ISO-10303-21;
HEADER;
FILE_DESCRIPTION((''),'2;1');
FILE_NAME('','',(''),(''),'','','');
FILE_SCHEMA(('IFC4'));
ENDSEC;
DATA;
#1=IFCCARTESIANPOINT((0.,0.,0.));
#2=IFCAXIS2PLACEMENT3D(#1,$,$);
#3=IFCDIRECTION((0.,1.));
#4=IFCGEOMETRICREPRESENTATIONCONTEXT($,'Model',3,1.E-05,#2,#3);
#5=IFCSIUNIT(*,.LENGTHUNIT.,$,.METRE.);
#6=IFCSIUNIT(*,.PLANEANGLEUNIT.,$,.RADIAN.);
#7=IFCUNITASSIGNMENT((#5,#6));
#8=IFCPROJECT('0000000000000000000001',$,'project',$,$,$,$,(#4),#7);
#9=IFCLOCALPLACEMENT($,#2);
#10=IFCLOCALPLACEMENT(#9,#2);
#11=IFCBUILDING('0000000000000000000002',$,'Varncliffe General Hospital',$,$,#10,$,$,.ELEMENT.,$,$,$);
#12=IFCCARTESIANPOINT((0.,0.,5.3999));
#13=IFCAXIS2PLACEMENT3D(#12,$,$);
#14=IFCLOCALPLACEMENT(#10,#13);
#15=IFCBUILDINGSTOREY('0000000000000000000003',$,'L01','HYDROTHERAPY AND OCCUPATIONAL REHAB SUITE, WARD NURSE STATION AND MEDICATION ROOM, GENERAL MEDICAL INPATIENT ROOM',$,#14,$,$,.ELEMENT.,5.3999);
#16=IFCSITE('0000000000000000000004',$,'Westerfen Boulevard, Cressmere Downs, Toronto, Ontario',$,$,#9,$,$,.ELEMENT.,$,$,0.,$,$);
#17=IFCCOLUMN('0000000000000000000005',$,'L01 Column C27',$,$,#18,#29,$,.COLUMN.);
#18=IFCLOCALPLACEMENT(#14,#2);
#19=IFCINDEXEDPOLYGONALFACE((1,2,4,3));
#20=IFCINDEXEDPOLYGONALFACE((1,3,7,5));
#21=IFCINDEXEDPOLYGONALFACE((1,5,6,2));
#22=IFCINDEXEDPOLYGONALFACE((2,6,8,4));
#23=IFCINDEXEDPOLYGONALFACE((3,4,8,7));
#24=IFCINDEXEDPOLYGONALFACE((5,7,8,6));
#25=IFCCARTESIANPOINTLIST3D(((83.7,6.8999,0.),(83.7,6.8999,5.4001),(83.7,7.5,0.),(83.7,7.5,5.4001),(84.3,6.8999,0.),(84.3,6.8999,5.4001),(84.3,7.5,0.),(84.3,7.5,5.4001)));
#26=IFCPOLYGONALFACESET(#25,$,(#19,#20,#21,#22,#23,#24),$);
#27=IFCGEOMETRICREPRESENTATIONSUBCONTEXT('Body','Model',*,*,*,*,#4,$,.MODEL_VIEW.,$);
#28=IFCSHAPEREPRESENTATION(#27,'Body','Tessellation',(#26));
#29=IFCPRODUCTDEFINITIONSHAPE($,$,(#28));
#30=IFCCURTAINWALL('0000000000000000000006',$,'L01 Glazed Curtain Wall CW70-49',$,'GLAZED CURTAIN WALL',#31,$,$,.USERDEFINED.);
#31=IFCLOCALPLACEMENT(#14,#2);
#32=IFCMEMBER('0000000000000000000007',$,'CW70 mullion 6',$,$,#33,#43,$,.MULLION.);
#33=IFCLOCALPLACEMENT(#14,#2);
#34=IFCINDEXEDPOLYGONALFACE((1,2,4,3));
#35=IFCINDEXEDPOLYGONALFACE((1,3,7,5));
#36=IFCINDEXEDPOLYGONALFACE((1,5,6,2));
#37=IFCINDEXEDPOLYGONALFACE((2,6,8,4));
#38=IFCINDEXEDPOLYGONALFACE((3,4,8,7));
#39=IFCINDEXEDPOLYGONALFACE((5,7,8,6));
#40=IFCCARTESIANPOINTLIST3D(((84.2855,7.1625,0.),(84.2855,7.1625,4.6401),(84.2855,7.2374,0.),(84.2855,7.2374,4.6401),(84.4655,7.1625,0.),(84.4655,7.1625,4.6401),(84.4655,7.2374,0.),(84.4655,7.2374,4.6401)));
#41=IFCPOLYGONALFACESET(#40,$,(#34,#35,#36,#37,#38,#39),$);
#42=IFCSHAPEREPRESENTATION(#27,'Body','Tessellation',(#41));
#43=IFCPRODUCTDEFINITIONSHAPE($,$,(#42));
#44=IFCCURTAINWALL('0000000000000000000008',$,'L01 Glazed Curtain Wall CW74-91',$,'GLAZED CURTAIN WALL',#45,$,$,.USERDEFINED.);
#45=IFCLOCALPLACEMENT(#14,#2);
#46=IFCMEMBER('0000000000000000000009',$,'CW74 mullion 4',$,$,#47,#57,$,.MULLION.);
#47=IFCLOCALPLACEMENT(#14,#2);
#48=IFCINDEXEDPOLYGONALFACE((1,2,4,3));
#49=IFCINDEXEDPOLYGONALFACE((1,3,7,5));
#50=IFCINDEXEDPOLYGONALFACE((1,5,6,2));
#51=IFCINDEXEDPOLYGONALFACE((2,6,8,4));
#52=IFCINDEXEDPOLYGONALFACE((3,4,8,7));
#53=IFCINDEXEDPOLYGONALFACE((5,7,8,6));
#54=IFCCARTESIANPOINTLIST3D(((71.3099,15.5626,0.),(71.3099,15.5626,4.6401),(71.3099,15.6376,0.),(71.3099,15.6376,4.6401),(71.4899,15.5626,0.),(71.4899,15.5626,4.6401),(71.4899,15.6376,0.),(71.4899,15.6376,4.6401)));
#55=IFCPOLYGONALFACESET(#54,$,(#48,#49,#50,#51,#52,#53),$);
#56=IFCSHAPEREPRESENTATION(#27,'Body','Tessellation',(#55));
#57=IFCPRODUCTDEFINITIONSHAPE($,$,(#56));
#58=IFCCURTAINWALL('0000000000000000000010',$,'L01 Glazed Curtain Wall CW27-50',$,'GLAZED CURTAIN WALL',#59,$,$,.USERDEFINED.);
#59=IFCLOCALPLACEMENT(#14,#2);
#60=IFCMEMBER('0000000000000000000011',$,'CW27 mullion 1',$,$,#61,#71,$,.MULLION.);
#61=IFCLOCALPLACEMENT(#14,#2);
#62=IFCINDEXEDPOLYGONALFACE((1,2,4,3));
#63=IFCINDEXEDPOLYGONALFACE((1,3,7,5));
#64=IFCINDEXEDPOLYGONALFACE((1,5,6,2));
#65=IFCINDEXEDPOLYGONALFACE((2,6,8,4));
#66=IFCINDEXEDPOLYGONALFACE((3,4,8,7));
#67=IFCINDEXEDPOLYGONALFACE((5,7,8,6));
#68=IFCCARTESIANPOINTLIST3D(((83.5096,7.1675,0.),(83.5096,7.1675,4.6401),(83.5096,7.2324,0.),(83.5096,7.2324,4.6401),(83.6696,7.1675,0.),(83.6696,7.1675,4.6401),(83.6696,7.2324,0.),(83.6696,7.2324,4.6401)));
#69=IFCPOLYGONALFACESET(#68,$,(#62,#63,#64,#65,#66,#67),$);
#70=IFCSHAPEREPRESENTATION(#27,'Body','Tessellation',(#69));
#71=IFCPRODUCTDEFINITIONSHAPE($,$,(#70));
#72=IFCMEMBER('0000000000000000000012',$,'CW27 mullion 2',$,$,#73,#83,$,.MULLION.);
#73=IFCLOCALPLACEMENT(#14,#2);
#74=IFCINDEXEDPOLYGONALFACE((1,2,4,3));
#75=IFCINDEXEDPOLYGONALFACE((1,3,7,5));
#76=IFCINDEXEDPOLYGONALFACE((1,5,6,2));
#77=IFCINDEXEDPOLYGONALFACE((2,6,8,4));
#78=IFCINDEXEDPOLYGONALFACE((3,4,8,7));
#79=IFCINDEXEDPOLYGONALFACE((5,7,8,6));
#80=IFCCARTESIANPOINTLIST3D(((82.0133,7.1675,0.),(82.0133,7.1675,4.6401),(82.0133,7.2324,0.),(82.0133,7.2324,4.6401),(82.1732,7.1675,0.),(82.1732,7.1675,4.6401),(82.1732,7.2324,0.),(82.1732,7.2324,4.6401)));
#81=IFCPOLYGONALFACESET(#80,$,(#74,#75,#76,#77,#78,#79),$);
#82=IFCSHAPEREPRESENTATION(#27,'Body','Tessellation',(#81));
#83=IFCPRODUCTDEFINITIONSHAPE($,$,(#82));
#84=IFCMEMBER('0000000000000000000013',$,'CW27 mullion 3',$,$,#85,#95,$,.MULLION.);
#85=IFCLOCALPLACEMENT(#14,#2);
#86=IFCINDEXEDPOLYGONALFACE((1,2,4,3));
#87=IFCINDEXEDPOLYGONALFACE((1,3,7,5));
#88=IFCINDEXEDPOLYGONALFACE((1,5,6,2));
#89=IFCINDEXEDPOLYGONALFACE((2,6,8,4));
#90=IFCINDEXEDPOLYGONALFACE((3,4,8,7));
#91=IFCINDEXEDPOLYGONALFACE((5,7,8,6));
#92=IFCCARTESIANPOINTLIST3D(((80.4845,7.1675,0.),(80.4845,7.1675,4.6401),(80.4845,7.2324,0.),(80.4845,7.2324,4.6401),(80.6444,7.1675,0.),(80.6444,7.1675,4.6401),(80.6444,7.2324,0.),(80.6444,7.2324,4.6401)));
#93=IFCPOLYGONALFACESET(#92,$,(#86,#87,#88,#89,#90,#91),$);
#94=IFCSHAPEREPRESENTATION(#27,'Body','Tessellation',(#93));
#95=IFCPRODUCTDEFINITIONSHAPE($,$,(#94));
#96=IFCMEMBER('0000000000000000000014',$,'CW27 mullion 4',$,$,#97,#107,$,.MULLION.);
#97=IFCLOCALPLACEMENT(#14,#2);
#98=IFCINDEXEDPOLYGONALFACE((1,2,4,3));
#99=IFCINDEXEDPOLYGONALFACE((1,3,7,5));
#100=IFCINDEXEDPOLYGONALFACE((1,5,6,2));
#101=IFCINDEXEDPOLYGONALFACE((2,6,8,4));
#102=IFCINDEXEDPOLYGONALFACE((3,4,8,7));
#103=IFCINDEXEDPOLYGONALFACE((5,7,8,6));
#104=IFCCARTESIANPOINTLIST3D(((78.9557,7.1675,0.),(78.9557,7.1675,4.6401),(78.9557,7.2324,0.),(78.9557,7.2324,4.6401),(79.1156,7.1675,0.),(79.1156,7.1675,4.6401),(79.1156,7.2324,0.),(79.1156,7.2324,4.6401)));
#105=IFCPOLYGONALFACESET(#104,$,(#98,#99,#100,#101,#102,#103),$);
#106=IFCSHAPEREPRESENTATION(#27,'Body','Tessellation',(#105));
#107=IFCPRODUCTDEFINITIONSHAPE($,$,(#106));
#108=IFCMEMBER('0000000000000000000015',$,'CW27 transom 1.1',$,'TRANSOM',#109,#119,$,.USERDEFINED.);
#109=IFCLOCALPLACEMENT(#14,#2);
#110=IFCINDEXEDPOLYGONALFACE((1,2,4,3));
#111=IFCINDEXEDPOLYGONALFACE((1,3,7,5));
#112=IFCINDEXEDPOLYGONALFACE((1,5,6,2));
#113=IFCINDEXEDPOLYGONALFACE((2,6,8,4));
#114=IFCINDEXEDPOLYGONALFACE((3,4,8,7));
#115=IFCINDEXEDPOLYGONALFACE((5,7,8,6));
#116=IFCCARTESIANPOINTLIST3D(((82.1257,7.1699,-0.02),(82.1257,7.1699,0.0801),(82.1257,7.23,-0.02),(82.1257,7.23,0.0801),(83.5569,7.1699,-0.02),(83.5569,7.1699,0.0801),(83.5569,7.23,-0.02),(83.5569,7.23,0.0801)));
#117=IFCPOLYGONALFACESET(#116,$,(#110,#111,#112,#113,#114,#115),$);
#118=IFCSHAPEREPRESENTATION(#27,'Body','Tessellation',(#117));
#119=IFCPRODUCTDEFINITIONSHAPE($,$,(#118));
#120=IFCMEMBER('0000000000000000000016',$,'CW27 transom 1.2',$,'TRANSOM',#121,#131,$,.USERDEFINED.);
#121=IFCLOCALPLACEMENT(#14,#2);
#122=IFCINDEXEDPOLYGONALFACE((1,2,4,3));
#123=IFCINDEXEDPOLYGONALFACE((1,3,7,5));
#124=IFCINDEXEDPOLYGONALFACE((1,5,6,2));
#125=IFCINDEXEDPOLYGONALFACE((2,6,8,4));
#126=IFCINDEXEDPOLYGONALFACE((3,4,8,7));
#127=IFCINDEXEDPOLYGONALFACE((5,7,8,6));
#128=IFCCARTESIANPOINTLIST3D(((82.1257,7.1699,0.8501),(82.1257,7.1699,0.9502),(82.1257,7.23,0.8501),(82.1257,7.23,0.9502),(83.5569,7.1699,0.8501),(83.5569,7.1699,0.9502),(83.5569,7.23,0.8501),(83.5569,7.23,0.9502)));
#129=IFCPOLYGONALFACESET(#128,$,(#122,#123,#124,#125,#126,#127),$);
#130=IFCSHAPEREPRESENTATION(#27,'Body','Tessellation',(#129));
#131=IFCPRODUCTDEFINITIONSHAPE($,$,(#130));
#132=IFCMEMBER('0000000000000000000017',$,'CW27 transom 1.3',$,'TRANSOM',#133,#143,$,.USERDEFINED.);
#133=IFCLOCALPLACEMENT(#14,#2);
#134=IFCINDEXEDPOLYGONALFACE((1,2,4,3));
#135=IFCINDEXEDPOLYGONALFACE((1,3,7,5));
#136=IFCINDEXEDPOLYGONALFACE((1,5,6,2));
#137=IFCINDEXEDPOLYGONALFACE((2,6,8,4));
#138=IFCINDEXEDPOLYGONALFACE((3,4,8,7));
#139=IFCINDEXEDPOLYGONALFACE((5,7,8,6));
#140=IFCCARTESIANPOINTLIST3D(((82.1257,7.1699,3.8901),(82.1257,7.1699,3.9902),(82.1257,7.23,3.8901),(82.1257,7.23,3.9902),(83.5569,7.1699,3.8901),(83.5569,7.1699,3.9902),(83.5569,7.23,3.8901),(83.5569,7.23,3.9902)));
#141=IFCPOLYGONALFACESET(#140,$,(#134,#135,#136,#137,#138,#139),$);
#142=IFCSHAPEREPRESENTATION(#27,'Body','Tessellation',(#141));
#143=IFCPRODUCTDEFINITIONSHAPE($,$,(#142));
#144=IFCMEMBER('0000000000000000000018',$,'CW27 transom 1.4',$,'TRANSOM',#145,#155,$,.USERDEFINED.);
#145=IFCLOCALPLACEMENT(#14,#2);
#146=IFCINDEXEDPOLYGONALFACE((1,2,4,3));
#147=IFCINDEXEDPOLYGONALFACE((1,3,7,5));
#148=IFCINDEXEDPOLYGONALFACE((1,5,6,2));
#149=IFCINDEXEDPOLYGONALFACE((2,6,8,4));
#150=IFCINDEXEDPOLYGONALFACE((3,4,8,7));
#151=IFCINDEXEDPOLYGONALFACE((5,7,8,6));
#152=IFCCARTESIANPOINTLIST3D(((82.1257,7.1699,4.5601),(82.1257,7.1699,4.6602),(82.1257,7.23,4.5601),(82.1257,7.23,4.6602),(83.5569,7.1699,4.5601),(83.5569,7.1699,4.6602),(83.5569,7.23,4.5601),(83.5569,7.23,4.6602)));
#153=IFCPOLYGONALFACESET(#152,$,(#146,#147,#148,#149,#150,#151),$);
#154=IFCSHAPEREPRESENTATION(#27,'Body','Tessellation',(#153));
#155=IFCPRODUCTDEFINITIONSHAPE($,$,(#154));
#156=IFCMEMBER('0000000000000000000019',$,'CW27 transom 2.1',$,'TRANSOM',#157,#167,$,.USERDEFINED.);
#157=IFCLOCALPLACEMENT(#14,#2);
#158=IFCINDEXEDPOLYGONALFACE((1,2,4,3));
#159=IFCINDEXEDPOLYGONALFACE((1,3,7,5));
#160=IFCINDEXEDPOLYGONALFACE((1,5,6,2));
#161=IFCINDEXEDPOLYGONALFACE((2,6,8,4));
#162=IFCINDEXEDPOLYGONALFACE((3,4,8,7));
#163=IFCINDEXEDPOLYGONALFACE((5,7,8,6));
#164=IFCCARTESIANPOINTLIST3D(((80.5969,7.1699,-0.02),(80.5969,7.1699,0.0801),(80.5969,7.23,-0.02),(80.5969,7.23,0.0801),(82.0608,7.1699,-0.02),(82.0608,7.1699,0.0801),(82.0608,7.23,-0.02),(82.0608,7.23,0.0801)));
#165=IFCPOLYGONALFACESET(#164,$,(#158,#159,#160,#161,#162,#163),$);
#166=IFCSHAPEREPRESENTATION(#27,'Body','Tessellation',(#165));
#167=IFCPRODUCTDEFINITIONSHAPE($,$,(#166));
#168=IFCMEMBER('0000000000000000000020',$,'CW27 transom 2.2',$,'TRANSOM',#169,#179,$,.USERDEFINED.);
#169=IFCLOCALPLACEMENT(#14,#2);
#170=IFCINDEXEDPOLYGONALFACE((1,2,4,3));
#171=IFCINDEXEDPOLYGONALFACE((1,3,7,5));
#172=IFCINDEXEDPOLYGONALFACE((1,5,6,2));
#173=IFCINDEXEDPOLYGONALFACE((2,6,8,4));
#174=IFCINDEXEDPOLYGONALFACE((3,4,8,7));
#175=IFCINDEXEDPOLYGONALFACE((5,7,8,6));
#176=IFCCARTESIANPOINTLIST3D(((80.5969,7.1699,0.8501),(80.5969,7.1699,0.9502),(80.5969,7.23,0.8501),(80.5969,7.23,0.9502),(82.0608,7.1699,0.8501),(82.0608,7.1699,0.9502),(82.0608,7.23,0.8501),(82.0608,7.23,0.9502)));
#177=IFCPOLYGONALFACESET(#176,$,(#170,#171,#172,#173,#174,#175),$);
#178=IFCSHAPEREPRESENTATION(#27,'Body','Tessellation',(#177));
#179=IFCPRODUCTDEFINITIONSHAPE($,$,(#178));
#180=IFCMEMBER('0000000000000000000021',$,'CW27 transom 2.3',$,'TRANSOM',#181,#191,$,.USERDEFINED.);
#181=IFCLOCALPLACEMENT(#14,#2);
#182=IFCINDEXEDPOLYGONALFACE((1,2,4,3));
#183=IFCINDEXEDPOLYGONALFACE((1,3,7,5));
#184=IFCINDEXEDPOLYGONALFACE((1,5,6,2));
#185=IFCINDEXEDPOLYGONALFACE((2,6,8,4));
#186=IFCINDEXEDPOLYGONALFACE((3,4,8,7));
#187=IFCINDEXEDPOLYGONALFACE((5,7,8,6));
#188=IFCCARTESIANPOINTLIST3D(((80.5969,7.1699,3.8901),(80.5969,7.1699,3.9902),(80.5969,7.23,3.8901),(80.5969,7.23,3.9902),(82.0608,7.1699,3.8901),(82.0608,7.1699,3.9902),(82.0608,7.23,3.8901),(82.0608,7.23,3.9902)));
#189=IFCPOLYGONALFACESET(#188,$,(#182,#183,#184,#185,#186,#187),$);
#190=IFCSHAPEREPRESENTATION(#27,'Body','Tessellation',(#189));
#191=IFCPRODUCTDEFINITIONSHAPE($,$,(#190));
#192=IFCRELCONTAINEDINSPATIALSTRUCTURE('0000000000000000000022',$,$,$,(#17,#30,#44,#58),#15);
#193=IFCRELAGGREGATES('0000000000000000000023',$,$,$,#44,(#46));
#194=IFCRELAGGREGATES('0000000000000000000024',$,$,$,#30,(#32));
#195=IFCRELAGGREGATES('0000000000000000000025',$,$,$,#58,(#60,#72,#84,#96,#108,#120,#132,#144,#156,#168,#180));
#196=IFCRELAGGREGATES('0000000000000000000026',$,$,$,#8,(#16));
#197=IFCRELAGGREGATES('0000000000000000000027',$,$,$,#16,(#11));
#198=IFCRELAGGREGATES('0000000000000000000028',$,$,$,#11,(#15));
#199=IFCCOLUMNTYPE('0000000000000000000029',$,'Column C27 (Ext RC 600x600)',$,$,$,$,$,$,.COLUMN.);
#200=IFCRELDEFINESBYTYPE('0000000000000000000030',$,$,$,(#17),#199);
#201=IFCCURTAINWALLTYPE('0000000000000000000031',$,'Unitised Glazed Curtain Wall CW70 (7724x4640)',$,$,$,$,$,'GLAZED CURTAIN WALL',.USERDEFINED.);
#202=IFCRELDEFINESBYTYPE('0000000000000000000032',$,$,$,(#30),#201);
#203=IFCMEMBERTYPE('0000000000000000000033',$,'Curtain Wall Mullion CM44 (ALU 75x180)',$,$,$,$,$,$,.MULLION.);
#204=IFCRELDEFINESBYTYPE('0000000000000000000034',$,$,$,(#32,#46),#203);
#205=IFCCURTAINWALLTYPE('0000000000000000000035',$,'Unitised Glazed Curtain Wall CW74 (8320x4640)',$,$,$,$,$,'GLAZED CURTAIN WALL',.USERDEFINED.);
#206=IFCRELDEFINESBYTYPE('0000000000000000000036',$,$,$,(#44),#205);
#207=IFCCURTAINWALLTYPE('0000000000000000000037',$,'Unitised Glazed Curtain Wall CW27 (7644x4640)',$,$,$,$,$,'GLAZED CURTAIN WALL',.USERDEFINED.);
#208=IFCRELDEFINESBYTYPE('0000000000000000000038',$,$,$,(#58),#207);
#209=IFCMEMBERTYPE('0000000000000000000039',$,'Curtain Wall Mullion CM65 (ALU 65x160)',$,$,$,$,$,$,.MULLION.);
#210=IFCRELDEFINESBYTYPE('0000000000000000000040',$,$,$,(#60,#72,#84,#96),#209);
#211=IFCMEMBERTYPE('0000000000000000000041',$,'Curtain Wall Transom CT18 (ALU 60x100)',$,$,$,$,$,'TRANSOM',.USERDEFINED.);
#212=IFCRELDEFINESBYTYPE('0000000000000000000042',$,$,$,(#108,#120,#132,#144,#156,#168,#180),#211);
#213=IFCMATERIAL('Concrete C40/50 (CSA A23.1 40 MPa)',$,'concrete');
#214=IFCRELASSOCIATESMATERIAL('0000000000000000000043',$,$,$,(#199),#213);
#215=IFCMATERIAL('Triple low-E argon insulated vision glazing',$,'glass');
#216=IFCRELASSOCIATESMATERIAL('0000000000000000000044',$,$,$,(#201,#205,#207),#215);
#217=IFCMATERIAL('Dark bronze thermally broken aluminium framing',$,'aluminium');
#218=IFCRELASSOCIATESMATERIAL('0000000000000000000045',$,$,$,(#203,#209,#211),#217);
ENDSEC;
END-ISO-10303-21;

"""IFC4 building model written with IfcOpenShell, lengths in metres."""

from ifc_helpers import new_model, si_unit, direction, frame, origin, origin_2d, place, context, subcontext, project, spatial, rectangle, extrude, material, material_profile, profile_set, type_object, element, aggregate, save


model = new_model("IFC4")

# Units and contexts
model_context = context("Model", 3, precision=1e-05, world=origin(), true_north=direction((0.0, 1.0)))
body_context = subcontext(model_context, "Body", "Model", "MODEL_VIEW")
ifc_project = project(units=[si_unit("LENGTHUNIT", "METRE"), si_unit("PLANEANGLEUNIT", "RADIAN")], contexts=[model_context])

# Site, building, storey
site_placement = place(None, origin())
site = spatial("IfcSite", under=ifc_project, at=site_placement, Name="Westerfen Boulevard, Cressmere Downs, Toronto, Ontario", CompositionType="ELEMENT", RefElevation=0.0)
building_placement = place(site_placement, origin())
building = spatial("IfcBuilding", under=site, at=building_placement, Name="Varncliffe General Hospital", CompositionType="ELEMENT")
storey_placement = place(building_placement, frame((0.0, 0.0, 5.3999)))
storey = spatial("IfcBuildingStorey", under=building, at=storey_placement, Name="L01", Description="HYDROTHERAPY AND OCCUPATIONAL REHAB SUITE, WARD NURSE STATION AND MEDICATION ROOM, GENERAL MEDICAL INPATIENT ROOM", CompositionType="ELEMENT", Elevation=5.3999)

# Column
ifc_material_1 = material(Name="Concrete C40/50 (CSA A23.1 40 MPa)", Category="concrete")
ifc_material_profile_1 = material_profile(ifc_material_1, rectangle(XDim=0.6001, YDim=0.6001, at=origin_2d()), Name="RC 600x600")
ifc_profile_set_1 = profile_set([ifc_material_profile_1], Name="Concrete C40/50 (CSA A23.1 40 MPa)")
column_type = type_object("IfcColumnType", Name="Column C27 (Ext RC 600x600)", PredefinedType="COLUMN", material=ifc_profile_set_1)
column_placement = place(storey_placement, frame((84.0, 7.2, 0.0), z_axis=(0.0, 0.0, 1.0), x_axis=(1.0, 0.0, 0.0)))
element("IfcColumn", 1, at=column_placement, inside=storey, type_object=column_type, Name="L01 Column C27", PredefinedType="COLUMN", context=body_context, shape_type="SweptSolid", body=[
    extrude(rectangle(XDim=0.6001, YDim=0.6001, at=origin_2d()), origin(), (0.0, 0.0, 1.0), 5.4001),
])

# Curtain walls, members
ifc_material_2 = material(Name="Triple low-E argon insulated vision glazing", Category="glass")
curtain_wall_type_1 = type_object("IfcCurtainWallType", Name="Unitised Glazed Curtain Wall CW70 (7724x4640)", ElementType="GLAZED CURTAIN WALL", PredefinedType="USERDEFINED", material=ifc_material_2)
curtain_wall_1_placement = place(storey_placement, origin())
curtain_wall_1 = element("IfcCurtainWall", 2, at=curtain_wall_1_placement, inside=storey, type_object=curtain_wall_type_1, Name="L01 Glazed Curtain Wall CW70-49", ObjectType="GLAZED CURTAIN WALL", PredefinedType="USERDEFINED")
ifc_material_3 = material(Name="Dark bronze thermally broken aluminium framing", Category="aluminium")
ifc_material_profile_2 = material_profile(ifc_material_3, rectangle(XDim=0.075, YDim=0.1799, at=origin_2d()), Name="ALU 75x180")
ifc_profile_set_2 = profile_set([ifc_material_profile_2], Name="Dark bronze thermally broken aluminium framing")
member_type_1 = type_object("IfcMemberType", Name="Curtain Wall Mullion CM44 (ALU 75x180)", PredefinedType="MULLION", material=ifc_profile_set_2)
member_1_placement = place(storey_placement, frame((84.3755, 7.2, 0.0), z_axis=(0.0, 0.0, 1.0), x_axis=(0.0, -1.0, 0.0)))
member_1 = element("IfcMember", 3, at=member_1_placement, type_object=member_type_1, Name="CW70 mullion 6", PredefinedType="MULLION", context=body_context, shape_type="SweptSolid", body=[
    extrude(rectangle(XDim=0.075, YDim=0.1799, at=origin_2d()), origin(), (0.0, 0.0, 1.0), 4.6401),
])
curtain_wall_type_2 = type_object("IfcCurtainWallType", Name="Unitised Glazed Curtain Wall CW74 (8320x4640)", ElementType="GLAZED CURTAIN WALL", PredefinedType="USERDEFINED", material=ifc_material_2)
curtain_wall_2_placement = place(storey_placement, origin())
curtain_wall_2 = element("IfcCurtainWall", 4, at=curtain_wall_2_placement, inside=storey, type_object=curtain_wall_type_2, Name="L01 Glazed Curtain Wall CW74-91", ObjectType="GLAZED CURTAIN WALL", PredefinedType="USERDEFINED")
member_2_placement = place(storey_placement, frame((71.3999, 15.6001, 0.0), z_axis=(0.0, 0.0, 1.0), x_axis=(0.0, 1.0, 0.0)))
member_2 = element("IfcMember", 5, at=member_2_placement, type_object=member_type_1, Name="CW74 mullion 4", PredefinedType="MULLION", context=body_context, shape_type="SweptSolid", body=[
    extrude(rectangle(XDim=0.075, YDim=0.1799, at=origin_2d()), origin(), (0.0, 0.0, 1.0), 4.6401),
])
aggregate(curtain_wall_2, [member_2])

# Curtain wall, members
curtain_wall_type_3 = type_object("IfcCurtainWallType", Name="Unitised Glazed Curtain Wall CW27 (7644x4640)", ElementType="GLAZED CURTAIN WALL", PredefinedType="USERDEFINED", material=ifc_material_2)
curtain_wall_3_placement = place(storey_placement, origin())
curtain_wall_3 = element("IfcCurtainWall", 6, at=curtain_wall_3_placement, inside=storey, type_object=curtain_wall_type_3, Name="L01 Glazed Curtain Wall CW27-50", ObjectType="GLAZED CURTAIN WALL", PredefinedType="USERDEFINED")
ifc_material_profile_3 = material_profile(ifc_material_3, rectangle(XDim=0.0649, YDim=0.1599, at=origin_2d()), Name="ALU 65x160")
ifc_profile_set_3 = profile_set([ifc_material_profile_3], Name="Dark bronze thermally broken aluminium framing")
member_type_2 = type_object("IfcMemberType", Name="Curtain Wall Mullion CM65 (ALU 65x160)", PredefinedType="MULLION", material=ifc_profile_set_3)
member_3_placement = place(storey_placement, frame((83.5896, 7.2, 0.0), z_axis=(0.0, 0.0, 1.0), x_axis=(0.0, -1.0, 0.0)))
member_3 = element("IfcMember", 7, at=member_3_placement, type_object=member_type_2, Name="CW27 mullion 1", PredefinedType="MULLION", context=body_context, shape_type="SweptSolid", body=[
    extrude(rectangle(XDim=0.0649, YDim=0.1599, at=origin_2d()), origin(), (0.0, 0.0, 1.0), 4.6401),
])
member_4_placement = place(storey_placement, frame((82.0933, 7.2, 0.0), z_axis=(0.0, 0.0, 1.0), x_axis=(0.0, -1.0, 0.0)))
member_4 = element("IfcMember", 8, at=member_4_placement, type_object=member_type_2, Name="CW27 mullion 2", PredefinedType="MULLION", context=body_context, shape_type="SweptSolid", body=[
    extrude(rectangle(XDim=0.0649, YDim=0.1599, at=origin_2d()), origin(), (0.0, 0.0, 1.0), 4.6401),
])
member_5_placement = place(storey_placement, frame((80.5645, 7.2, 0.0), z_axis=(0.0, 0.0, 1.0), x_axis=(0.0, -1.0, 0.0)))
member_5 = element("IfcMember", 9, at=member_5_placement, type_object=member_type_2, Name="CW27 mullion 3", PredefinedType="MULLION", context=body_context, shape_type="SweptSolid", body=[
    extrude(rectangle(XDim=0.0649, YDim=0.1599, at=origin_2d()), origin(), (0.0, 0.0, 1.0), 4.6401),
])
member_6_placement = place(storey_placement, frame((79.0356, 7.2, 0.0), z_axis=(0.0, 0.0, 1.0), x_axis=(0.0, -1.0, 0.0)))
member_6 = element("IfcMember", 10, at=member_6_placement, type_object=member_type_2, Name="CW27 mullion 4", PredefinedType="MULLION", context=body_context, shape_type="SweptSolid", body=[
    extrude(rectangle(XDim=0.0649, YDim=0.1599, at=origin_2d()), origin(), (0.0, 0.0, 1.0), 4.6401),
])
ifc_material_profile_4 = material_profile(ifc_material_3, rectangle(XDim=0.0601, YDim=0.1001, at=origin_2d()), Name="ALU 60x100")
ifc_profile_set_4 = profile_set([ifc_material_profile_4], Name="Dark bronze thermally broken aluminium framing")
member_type_3 = type_object("IfcMemberType", Name="Curtain Wall Transom CT18 (ALU 60x100)", ElementType="TRANSOM", PredefinedType="USERDEFINED", material=ifc_profile_set_4)
member_7_placement = place(storey_placement, frame((83.5569, 7.2, 0.03), z_axis=(-1.0, 0.0, 0.0), x_axis=(0.0, -1.0, 0.0)))
member_7 = element("IfcMember", 11, at=member_7_placement, type_object=member_type_3, Name="CW27 transom 1.1", ObjectType="TRANSOM", PredefinedType="USERDEFINED", context=body_context, shape_type="SweptSolid", body=[
    extrude(rectangle(XDim=0.0601, YDim=0.1001, at=origin_2d()), origin(), (0.0, 0.0, 1.0), 1.4312),
])
member_8_placement = place(storey_placement, frame((83.5569, 7.2, 0.9001), z_axis=(-1.0, 0.0, 0.0), x_axis=(0.0, -1.0, 0.0)))
member_8 = element("IfcMember", 12, at=member_8_placement, type_object=member_type_3, Name="CW27 transom 1.2", ObjectType="TRANSOM", PredefinedType="USERDEFINED", context=body_context, shape_type="SweptSolid", body=[
    extrude(rectangle(XDim=0.0601, YDim=0.1001, at=origin_2d()), origin(), (0.0, 0.0, 1.0), 1.4312),
])
member_9_placement = place(storey_placement, frame((83.5569, 7.2, 3.9402), z_axis=(-1.0, 0.0, 0.0), x_axis=(0.0, -1.0, 0.0)))
member_9 = element("IfcMember", 13, at=member_9_placement, type_object=member_type_3, Name="CW27 transom 1.3", ObjectType="TRANSOM", PredefinedType="USERDEFINED", context=body_context, shape_type="SweptSolid", body=[
    extrude(rectangle(XDim=0.0601, YDim=0.1001, at=origin_2d()), origin(), (0.0, 0.0, 1.0), 1.4312),
])
member_10_placement = place(storey_placement, frame((83.5569, 7.2, 4.6101), z_axis=(-1.0, 0.0, 0.0), x_axis=(0.0, -1.0, 0.0)))
member_10 = element("IfcMember", 14, at=member_10_placement, type_object=member_type_3, Name="CW27 transom 1.4", ObjectType="TRANSOM", PredefinedType="USERDEFINED", context=body_context, shape_type="SweptSolid", body=[
    extrude(rectangle(XDim=0.0601, YDim=0.1001, at=origin_2d()), origin(), (0.0, 0.0, 1.0), 1.4312),
])
member_11_placement = place(storey_placement, frame((82.0608, 7.2, 0.03), z_axis=(-1.0, 0.0, 0.0), x_axis=(0.0, -1.0, 0.0)))
member_11 = element("IfcMember", 15, at=member_11_placement, type_object=member_type_3, Name="CW27 transom 2.1", ObjectType="TRANSOM", PredefinedType="USERDEFINED", context=body_context, shape_type="SweptSolid", body=[
    extrude(rectangle(XDim=0.0601, YDim=0.1001, at=origin_2d()), origin(), (0.0, 0.0, 1.0), 1.4639),
])
member_12_placement = place(storey_placement, frame((82.0608, 7.2, 0.9001), z_axis=(-1.0, 0.0, 0.0), x_axis=(0.0, -1.0, 0.0)))
member_12 = element("IfcMember", 16, at=member_12_placement, type_object=member_type_3, Name="CW27 transom 2.2", ObjectType="TRANSOM", PredefinedType="USERDEFINED", context=body_context, shape_type="SweptSolid", body=[
    extrude(rectangle(XDim=0.0601, YDim=0.1001, at=origin_2d()), origin(), (0.0, 0.0, 1.0), 1.4639),
])
member_13_placement = place(storey_placement, frame((82.0608, 7.2, 3.9402), z_axis=(-1.0, 0.0, 0.0), x_axis=(0.0, -1.0, 0.0)))
member_13 = element("IfcMember", 17, at=member_13_placement, type_object=member_type_3, Name="CW27 transom 2.3", ObjectType="TRANSOM", PredefinedType="USERDEFINED", context=body_context, shape_type="SweptSolid", body=[
    extrude(rectangle(XDim=0.0601, YDim=0.1001, at=origin_2d()), origin(), (0.0, 0.0, 1.0), 1.4639),
])

aggregate(curtain_wall_1, [member_1])
aggregate(curtain_wall_3, [member_3, member_4, member_5, member_6, member_7, member_8, member_9, member_10, member_11, member_12, member_13])

save(model, "model.ifc")
